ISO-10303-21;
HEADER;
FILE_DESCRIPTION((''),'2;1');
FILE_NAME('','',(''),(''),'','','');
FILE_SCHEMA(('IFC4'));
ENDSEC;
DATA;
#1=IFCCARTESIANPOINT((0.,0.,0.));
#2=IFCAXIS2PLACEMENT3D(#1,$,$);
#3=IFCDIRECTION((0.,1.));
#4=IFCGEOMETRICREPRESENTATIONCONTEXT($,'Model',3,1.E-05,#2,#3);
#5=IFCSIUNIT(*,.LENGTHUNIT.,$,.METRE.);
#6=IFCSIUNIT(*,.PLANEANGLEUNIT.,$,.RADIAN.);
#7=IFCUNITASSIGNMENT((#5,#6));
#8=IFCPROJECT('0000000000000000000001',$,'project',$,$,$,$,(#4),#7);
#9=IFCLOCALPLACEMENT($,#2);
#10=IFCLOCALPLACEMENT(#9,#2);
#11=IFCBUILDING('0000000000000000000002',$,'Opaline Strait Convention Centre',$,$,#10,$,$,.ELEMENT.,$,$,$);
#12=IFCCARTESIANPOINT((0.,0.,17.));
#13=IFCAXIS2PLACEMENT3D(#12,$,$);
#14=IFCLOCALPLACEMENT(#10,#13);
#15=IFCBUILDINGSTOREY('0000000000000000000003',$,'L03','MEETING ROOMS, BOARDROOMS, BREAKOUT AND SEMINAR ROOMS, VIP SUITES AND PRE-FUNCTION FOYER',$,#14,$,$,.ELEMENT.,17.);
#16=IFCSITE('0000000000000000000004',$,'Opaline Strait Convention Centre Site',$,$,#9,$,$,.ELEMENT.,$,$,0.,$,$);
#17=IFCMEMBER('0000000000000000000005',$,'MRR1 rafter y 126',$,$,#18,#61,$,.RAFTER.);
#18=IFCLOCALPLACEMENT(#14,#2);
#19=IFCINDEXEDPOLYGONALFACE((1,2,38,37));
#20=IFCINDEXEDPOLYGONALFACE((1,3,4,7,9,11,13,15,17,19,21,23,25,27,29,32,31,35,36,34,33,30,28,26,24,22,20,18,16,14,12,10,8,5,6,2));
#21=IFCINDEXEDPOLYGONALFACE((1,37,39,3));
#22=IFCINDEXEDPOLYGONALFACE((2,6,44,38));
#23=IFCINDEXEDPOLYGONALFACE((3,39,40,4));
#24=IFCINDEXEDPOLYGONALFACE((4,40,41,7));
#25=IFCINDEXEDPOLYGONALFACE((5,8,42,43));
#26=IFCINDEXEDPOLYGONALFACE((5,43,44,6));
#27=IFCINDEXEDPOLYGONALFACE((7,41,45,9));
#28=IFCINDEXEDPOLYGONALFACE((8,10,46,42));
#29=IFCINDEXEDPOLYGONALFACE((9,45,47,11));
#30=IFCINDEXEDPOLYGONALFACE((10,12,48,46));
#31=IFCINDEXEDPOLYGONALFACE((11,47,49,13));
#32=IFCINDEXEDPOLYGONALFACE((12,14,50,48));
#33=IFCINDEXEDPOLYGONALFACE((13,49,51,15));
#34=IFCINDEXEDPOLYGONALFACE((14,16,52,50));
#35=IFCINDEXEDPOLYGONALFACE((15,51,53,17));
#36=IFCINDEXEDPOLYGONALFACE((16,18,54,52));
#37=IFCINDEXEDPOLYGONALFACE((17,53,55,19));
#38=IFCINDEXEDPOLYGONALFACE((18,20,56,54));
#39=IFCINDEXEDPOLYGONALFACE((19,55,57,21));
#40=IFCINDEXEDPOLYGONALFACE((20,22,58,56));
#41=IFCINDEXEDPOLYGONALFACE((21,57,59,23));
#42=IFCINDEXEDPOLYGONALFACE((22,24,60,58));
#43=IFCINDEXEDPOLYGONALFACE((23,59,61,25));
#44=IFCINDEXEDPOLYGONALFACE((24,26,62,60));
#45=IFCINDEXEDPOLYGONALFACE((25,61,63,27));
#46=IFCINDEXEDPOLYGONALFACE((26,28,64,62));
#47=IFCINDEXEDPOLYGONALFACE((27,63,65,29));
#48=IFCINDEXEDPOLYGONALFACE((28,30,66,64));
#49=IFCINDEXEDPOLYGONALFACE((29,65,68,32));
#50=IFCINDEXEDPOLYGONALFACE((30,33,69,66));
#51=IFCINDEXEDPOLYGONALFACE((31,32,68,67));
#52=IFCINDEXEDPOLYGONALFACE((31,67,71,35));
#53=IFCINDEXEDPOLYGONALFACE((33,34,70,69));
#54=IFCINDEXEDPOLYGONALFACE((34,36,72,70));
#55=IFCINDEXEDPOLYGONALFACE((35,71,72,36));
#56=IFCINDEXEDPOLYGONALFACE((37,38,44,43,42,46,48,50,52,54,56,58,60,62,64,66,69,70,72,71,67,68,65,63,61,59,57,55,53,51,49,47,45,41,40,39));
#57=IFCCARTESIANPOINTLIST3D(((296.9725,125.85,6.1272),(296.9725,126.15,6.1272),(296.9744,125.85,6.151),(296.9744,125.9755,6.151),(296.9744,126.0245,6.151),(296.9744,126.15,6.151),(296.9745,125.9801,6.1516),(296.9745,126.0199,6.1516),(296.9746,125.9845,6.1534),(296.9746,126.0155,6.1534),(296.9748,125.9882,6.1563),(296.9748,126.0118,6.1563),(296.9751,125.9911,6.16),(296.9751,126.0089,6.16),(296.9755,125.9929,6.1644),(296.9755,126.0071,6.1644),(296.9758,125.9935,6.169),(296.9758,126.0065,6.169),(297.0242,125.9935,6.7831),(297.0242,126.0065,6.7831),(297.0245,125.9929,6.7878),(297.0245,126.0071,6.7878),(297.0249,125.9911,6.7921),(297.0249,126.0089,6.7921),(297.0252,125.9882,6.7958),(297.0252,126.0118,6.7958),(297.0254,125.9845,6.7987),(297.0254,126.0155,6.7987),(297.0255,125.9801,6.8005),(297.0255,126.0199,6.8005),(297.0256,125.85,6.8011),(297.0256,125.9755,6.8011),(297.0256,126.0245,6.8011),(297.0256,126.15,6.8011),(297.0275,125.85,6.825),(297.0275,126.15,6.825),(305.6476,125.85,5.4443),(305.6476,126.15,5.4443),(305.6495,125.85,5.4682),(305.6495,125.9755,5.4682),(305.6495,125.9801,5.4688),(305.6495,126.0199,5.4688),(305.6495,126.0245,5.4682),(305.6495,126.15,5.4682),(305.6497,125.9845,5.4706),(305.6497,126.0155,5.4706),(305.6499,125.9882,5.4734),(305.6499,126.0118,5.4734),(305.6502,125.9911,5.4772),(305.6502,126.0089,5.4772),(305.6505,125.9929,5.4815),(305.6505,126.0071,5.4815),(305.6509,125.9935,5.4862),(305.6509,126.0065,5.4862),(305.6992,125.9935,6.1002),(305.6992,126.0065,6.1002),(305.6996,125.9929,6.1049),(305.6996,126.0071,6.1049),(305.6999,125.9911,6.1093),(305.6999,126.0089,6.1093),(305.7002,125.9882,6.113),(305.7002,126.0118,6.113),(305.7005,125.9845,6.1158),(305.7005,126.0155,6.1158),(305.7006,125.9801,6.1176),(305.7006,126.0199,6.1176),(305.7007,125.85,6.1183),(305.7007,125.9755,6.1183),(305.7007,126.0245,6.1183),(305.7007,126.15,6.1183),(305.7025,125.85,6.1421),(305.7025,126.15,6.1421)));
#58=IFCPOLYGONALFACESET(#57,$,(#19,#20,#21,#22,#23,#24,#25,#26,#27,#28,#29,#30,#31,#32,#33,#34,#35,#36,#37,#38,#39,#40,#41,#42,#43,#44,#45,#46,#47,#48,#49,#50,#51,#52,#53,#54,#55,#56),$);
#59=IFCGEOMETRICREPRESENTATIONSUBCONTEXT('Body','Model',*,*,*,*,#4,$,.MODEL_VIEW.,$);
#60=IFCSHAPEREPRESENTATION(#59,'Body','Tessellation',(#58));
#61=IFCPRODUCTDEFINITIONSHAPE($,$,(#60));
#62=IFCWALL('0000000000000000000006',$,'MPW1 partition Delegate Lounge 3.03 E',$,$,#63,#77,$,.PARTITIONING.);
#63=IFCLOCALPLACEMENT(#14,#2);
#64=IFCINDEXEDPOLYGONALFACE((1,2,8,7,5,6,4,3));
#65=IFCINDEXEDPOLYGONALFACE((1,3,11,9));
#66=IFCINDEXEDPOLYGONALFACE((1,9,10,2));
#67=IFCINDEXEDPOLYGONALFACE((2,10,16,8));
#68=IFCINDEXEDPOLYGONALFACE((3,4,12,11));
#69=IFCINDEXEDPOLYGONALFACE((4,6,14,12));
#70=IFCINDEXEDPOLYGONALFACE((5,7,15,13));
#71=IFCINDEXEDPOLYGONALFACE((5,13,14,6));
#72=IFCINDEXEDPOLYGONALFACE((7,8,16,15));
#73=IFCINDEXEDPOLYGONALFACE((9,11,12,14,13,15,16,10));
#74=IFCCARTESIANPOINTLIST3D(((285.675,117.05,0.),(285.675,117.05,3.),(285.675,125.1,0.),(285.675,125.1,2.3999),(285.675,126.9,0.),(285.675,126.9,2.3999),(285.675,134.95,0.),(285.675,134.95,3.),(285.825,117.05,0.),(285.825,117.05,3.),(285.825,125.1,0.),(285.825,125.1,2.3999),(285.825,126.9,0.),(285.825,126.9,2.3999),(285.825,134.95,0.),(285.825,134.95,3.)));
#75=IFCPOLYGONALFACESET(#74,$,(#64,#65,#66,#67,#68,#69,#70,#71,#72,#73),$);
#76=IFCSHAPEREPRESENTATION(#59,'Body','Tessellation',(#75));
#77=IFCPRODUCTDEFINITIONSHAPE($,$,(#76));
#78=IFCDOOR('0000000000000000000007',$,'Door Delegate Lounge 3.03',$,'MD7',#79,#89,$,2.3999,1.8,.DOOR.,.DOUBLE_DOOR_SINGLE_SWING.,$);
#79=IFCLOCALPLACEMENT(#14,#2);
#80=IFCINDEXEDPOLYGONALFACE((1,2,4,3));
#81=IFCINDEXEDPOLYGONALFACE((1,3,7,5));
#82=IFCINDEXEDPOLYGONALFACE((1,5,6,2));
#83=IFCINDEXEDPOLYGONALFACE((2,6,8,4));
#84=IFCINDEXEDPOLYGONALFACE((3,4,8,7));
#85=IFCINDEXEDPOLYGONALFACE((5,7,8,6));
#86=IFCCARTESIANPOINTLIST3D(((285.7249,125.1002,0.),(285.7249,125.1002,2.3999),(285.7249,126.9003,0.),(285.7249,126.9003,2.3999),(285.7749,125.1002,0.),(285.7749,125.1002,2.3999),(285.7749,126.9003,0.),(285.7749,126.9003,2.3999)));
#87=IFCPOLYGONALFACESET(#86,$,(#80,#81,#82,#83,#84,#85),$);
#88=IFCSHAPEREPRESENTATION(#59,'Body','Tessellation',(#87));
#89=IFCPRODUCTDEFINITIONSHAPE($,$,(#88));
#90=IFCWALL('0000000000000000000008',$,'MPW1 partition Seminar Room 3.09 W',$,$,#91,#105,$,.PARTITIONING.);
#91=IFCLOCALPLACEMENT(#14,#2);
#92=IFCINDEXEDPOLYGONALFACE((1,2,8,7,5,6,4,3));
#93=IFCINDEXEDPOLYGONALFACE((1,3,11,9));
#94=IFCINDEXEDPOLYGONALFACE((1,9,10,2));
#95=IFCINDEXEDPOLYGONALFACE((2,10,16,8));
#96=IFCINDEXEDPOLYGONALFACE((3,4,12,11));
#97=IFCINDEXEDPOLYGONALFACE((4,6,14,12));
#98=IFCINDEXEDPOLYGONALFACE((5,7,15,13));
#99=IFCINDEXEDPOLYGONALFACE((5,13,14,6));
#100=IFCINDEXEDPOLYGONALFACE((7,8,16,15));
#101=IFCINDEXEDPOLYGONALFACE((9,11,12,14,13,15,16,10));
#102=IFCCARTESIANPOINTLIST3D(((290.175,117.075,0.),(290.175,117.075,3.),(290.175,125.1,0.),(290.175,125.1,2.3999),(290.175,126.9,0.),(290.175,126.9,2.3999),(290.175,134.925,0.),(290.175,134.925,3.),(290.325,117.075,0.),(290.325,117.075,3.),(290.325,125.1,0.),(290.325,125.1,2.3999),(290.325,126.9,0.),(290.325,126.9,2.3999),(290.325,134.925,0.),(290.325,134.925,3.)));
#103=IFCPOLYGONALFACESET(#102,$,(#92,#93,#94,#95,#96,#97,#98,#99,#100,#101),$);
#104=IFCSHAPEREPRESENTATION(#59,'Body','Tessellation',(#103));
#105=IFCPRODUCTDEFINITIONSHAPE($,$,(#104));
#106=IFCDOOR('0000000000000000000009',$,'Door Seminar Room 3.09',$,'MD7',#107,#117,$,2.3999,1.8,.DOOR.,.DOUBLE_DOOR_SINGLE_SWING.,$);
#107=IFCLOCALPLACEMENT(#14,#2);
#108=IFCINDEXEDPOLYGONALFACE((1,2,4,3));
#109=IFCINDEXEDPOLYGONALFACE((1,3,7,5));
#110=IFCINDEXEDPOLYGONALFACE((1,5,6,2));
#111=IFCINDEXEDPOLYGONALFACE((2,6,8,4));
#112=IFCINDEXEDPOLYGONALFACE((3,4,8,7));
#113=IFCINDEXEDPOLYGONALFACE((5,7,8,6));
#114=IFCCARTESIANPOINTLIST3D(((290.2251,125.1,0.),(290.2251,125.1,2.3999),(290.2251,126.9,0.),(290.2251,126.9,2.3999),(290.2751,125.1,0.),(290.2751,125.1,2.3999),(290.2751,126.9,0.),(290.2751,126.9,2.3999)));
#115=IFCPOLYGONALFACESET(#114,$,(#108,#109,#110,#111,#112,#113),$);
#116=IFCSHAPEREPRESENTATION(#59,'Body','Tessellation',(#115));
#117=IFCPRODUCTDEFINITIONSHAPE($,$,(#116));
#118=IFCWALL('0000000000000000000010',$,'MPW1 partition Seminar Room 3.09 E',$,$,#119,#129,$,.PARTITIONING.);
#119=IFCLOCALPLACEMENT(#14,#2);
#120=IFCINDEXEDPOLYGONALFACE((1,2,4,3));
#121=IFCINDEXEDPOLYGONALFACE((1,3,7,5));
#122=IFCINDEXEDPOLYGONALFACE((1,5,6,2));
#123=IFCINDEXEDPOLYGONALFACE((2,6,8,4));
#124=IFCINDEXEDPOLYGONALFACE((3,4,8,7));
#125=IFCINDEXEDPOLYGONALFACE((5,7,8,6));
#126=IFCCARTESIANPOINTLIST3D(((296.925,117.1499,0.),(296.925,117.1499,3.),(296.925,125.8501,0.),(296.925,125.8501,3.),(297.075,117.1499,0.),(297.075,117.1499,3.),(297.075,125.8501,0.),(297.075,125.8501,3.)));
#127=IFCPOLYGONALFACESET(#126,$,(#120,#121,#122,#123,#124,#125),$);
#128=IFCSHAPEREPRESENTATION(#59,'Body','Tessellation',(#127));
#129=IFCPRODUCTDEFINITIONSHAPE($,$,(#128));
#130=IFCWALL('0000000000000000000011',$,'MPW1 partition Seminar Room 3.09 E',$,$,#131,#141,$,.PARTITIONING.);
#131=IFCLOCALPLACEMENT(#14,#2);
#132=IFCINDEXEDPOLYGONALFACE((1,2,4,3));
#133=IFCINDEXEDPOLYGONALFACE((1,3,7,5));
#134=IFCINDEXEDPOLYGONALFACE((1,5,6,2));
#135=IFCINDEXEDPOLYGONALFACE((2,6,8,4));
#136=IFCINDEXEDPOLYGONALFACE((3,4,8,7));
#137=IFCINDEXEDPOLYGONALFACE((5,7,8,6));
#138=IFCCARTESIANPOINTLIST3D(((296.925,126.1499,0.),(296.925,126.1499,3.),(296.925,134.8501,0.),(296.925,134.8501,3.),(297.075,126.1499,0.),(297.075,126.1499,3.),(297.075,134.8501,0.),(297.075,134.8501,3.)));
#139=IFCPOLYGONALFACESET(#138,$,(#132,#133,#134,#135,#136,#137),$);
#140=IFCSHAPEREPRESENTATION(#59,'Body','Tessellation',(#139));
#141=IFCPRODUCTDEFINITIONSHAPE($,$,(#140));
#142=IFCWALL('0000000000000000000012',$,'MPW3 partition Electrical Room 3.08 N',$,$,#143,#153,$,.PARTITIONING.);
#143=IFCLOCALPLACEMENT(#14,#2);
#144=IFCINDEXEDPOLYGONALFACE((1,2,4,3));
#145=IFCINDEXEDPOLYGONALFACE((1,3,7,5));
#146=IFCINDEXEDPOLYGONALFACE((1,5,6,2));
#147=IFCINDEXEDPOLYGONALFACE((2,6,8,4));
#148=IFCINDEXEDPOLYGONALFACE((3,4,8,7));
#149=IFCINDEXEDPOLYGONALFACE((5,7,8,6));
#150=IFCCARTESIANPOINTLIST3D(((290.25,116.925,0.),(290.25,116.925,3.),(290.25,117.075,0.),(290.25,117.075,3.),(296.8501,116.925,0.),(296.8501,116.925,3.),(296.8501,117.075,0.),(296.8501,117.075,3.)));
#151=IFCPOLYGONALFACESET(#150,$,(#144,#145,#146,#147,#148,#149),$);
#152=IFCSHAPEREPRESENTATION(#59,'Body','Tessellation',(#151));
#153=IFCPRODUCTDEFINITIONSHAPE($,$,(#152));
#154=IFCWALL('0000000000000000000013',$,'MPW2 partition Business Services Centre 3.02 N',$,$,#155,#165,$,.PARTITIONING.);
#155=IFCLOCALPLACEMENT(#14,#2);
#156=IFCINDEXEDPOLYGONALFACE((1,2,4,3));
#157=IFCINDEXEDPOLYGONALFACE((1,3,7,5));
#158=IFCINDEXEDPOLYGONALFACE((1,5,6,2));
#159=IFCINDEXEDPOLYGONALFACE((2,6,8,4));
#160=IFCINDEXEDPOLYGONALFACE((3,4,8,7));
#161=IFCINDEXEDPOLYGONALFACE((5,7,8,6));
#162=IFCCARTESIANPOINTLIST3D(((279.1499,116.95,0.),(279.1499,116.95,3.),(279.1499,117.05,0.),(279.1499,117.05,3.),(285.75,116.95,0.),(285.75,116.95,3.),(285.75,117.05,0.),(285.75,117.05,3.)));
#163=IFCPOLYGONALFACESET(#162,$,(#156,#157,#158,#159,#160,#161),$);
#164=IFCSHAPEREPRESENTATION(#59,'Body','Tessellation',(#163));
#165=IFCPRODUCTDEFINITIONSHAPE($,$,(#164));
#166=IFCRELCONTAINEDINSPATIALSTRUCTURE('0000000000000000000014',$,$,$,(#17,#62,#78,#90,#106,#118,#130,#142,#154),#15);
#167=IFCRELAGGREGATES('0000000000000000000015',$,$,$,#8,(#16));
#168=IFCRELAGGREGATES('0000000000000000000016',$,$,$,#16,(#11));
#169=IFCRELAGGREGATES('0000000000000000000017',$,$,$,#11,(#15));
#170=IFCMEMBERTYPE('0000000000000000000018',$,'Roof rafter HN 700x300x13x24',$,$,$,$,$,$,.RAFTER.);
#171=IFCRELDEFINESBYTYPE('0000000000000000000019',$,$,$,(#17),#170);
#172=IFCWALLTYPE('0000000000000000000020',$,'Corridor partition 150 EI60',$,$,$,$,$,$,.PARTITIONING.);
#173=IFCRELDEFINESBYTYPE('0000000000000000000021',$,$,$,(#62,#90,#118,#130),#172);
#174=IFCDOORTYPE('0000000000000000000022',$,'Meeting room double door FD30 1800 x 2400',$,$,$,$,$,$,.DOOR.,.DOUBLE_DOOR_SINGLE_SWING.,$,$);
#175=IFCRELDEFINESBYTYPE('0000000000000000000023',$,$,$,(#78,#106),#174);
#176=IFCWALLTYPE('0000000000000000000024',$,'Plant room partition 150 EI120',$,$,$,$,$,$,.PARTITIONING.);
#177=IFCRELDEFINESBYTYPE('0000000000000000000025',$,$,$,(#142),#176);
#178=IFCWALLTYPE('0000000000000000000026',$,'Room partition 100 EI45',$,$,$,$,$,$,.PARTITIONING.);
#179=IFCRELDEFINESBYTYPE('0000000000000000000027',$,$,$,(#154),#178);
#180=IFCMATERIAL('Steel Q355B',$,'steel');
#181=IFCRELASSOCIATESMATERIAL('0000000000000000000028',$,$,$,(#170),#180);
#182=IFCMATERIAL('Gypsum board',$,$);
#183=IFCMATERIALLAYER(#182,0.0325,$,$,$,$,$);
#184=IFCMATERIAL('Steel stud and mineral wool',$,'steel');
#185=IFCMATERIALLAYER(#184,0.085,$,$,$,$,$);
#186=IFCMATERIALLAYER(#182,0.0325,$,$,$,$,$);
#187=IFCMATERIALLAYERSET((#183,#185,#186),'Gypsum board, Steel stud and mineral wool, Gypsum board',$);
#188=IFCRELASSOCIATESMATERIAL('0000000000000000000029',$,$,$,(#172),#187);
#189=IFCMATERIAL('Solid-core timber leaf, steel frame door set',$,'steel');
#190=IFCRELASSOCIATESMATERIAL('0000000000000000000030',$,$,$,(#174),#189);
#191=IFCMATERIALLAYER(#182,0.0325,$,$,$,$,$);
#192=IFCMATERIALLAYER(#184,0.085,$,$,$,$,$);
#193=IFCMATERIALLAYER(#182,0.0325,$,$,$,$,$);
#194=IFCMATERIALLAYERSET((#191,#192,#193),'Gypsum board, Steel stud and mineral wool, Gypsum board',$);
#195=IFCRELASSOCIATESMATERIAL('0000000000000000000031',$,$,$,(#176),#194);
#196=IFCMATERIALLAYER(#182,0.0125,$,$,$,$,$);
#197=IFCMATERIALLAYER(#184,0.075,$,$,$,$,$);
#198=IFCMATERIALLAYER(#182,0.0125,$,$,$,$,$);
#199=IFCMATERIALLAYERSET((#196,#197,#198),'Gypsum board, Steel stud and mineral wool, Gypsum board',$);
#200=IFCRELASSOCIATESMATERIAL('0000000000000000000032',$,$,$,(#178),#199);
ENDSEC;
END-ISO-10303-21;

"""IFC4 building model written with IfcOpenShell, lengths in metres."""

from ifc_helpers import new_model, si_unit, direction, frame, frame_2d, origin, origin_2d, place, context, subcontext, project, spatial, rectangle, i_section, extrude, material, layer, layer_set, material_profile, profile_set, type_object, element, fill, save


model = new_model("IFC4")

# Units and contexts
model_context = context("Model", 3, precision=1e-05, world=origin(), true_north=direction((0.0, 1.0)))
body_context = subcontext(model_context, "Body", "Model", "MODEL_VIEW")
ifc_project = project(units=[si_unit("LENGTHUNIT", "METRE"), si_unit("PLANEANGLEUNIT", "RADIAN")], contexts=[model_context])

# Site, building, storey
site_placement = place(None, origin())
site = spatial("IfcSite", under=ifc_project, at=site_placement, Name="Opaline Strait Convention Centre Site", CompositionType="ELEMENT", RefElevation=0.0)
building_placement = place(site_placement, origin())
building = spatial("IfcBuilding", under=site, at=building_placement, Name="Opaline Strait Convention Centre", CompositionType="ELEMENT")
storey_placement = place(building_placement, frame((0.0, 0.0, 17.0)))
storey = spatial("IfcBuildingStorey", under=building, at=storey_placement, Name="L03", Description="MEETING ROOMS, BOARDROOMS, BREAKOUT AND SEMINAR ROOMS, VIP SUITES AND PRE-FUNCTION FOYER", CompositionType="ELEMENT", Elevation=17.0)

# Shared definitions
ifc_material_1 = material(Name="Steel Q355B", Category="steel")

# Member
ifc_material_profile_1 = material_profile(ifc_material_1, i_section(OverallWidth=0.3, OverallDepth=0.7, WebThickness=0.0129, FlangeThickness=0.0239, FilletRadius=0.0181, at=origin_2d()), Name="HN 700x300x13x24")
ifc_profile_set_1 = profile_set([ifc_material_profile_1], Name="Steel Q355B")
member_type_1 = type_object("IfcMemberType", Name="Roof rafter HN 700x300x13x24", PredefinedType="RAFTER", material=ifc_profile_set_1)
member_1_placement = place(storey_placement, frame((297.0, 126.0, 6.4761), z_axis=(0.996916, 0.0, -0.078473), x_axis=(0.0, 1.0, 0.0)))
element("IfcMember", 1, at=member_1_placement, inside=storey, type_object=member_type_1, Name="MRR1 rafter y 126", PredefinedType="RAFTER", context=body_context, shape_type="SweptSolid", body=[
    extrude(i_section(OverallWidth=0.3, OverallDepth=0.7, WebThickness=0.0129, FlangeThickness=0.0239, FilletRadius=0.0181, at=origin_2d()), origin(), (0.0, 0.0, 1.0), 8.7019),
])

# Walls, openings, doors
ifc_material_2 = material(Name="Gypsum board")
ifc_layer_1 = layer(ifc_material_2, 0.0325)
ifc_material_3 = material(Name="Steel stud and mineral wool", Category="steel")
ifc_layer_2 = layer(ifc_material_3, 0.085)
ifc_layer_3 = layer(ifc_material_2, 0.0325)
ifc_layer_set_1 = layer_set([ifc_layer_1, ifc_layer_2, ifc_layer_3], Name="Gypsum board, Steel stud and mineral wool, Gypsum board")
wall_type_1 = type_object("IfcWallType", Name="Corridor partition 150 EI60", PredefinedType="PARTITIONING", material=ifc_layer_set_1)
wall_1_placement = place(storey_placement, frame((285.75, 117.05, 0.0), z_axis=(0.0, 0.0, 1.0), x_axis=(0.0, 1.0, 0.0)))
wall_1 = element("IfcWall", 2, at=wall_1_placement, inside=storey, type_object=wall_type_1, Name="MPW1 partition Delegate Lounge 3.03 E", PredefinedType="PARTITIONING", context=body_context, shape_type="SweptSolid", body=[
    extrude(rectangle(XDim=17.8999, YDim=0.1499, at=frame_2d((8.95, 0.0))), origin(), (0.0, 0.0, 1.0), 3.0),
])
opening_1_placement = place(wall_1_placement, frame((8.05, 0.0, 0.0)))
opening_1 = element("IfcOpeningElement", 3, at=opening_1_placement, cuts=wall_1, PredefinedType="OPENING", context=body_context, shape_type="SweptSolid", body=[
    extrude(rectangle(XDim=1.8, YDim=2.3999, at=frame_2d((0.8999, 1.2))), frame((0.0, 0.085, 0.0), z_axis=(0.0, -1.0, 0.0), x_axis=(1.0, 0.0, 0.0)), (0.0, 0.0, 1.0), 0.1699),
])
ifc_material_4 = material(Name="Solid-core timber leaf, steel frame door set", Category="steel")
door_type = type_object("IfcDoorType", Name="Meeting room double door FD30 1800 x 2400", OperationType="DOUBLE_DOOR_SINGLE_SWING", PredefinedType="DOOR", material=ifc_material_4)
door_1_placement = place(opening_1_placement, frame((1.8, 0.0, 0.0), z_axis=(0.0, 0.0, 1.0), x_axis=(-1.0, 0.0, 0.0)))
door_1 = element("IfcDoor", 4, at=door_1_placement, inside=storey, type_object=door_type, Name="Door Delegate Lounge 3.03", ObjectType="MD7", OperationType="DOUBLE_DOOR_SINGLE_SWING", OverallHeight=2.3999, OverallWidth=1.8, PredefinedType="DOOR", context=body_context, shape_type="SweptSolid", body=[
    extrude(rectangle(XDim=1.8, YDim=2.3999, at=frame_2d((0.8999, 1.2))), frame((0.0, 0.0249, 0.0), z_axis=(0.0, -1.0, 0.0), x_axis=(1.0, 0.0, 0.0)), (0.0, 0.0, 1.0), 0.05),
])
fill(opening_1, door_1)
wall_2_placement = place(storey_placement, frame((290.25, 117.075, 0.0), z_axis=(0.0, 0.0, 1.0), x_axis=(0.0, 1.0, 0.0)))
wall_2 = element("IfcWall", 5, at=wall_2_placement, inside=storey, type_object=wall_type_1, Name="MPW1 partition Seminar Room 3.09 W", PredefinedType="PARTITIONING", context=body_context, shape_type="SweptSolid", body=[
    extrude(rectangle(XDim=17.8501, YDim=0.1499, at=frame_2d((8.925, 0.0))), origin(), (0.0, 0.0, 1.0), 3.0),
])
opening_2_placement = place(wall_2_placement, frame((8.0251, 0.0, 0.0)))
opening_2 = element("IfcOpeningElement", 6, at=opening_2_placement, cuts=wall_2, PredefinedType="OPENING", context=body_context, shape_type="SweptSolid", body=[
    extrude(rectangle(XDim=1.8, YDim=2.3999, at=frame_2d((0.8999, 1.2))), frame((0.0, 0.085, 0.0), z_axis=(0.0, -1.0, 0.0), x_axis=(1.0, 0.0, 0.0)), (0.0, 0.0, 1.0), 0.1699),
])
door_2_placement = place(opening_2_placement, origin())
door_2 = element("IfcDoor", 7, at=door_2_placement, inside=storey, type_object=door_type, Name="Door Seminar Room 3.09", ObjectType="MD7", OperationType="DOUBLE_DOOR_SINGLE_SWING", OverallHeight=2.3999, OverallWidth=1.8, PredefinedType="DOOR", context=body_context, shape_type="SweptSolid", body=[
    extrude(rectangle(XDim=1.8, YDim=2.3999, at=frame_2d((0.8999, 1.2))), frame((0.0, 0.0249, 0.0), z_axis=(0.0, -1.0, 0.0), x_axis=(1.0, 0.0, 0.0)), (0.0, 0.0, 1.0), 0.05),
])
fill(opening_2, door_2)

# Walls
for number, where, z_axis, x_axis, name in (
    (8, (297.0, 117.1499, 0.0), (0.0, 0.0, 1.0), (0.0, 1.0, 0.0), "MPW1 partition Seminar Room 3.09 E"),
    (9, (297.0, 126.1499, 0.0), (0.0, 0.0, 1.0), (0.0, 1.0, 0.0), "MPW1 partition Seminar Room 3.09 E"),
):
    element("IfcWall", number, at=place(storey_placement, frame(where, z_axis=z_axis, x_axis=x_axis)), inside=storey, type_object=wall_type_1, Name=name, PredefinedType="PARTITIONING", context=body_context, shape_type="SweptSolid", body=[
        extrude(rectangle(XDim=8.7002, YDim=0.1499, at=frame_2d((4.3501, 0.0))), origin(), (0.0, 0.0, 1.0), 3.0),
    ])
ifc_layer_4 = layer(ifc_material_2, 0.0325)
ifc_layer_5 = layer(ifc_material_3, 0.085)
ifc_layer_6 = layer(ifc_material_2, 0.0325)
ifc_layer_set_2 = layer_set([ifc_layer_4, ifc_layer_5, ifc_layer_6], Name="Gypsum board, Steel stud and mineral wool, Gypsum board")
wall_type_2 = type_object("IfcWallType", Name="Plant room partition 150 EI120", PredefinedType="PARTITIONING", material=ifc_layer_set_2)
wall_3_placement = place(storey_placement, frame((290.25, 117.0, 0.0), z_axis=(0.0, 0.0, 1.0), x_axis=(1.0, 0.0, 0.0)))
element("IfcWall", 10, at=wall_3_placement, inside=storey, type_object=wall_type_2, Name="MPW3 partition Electrical Room 3.08 N", PredefinedType="PARTITIONING", context=body_context, shape_type="SweptSolid", body=[
    extrude(rectangle(XDim=6.6001, YDim=0.1499, at=frame_2d((3.3, 0.0))), origin(), (0.0, 0.0, 1.0), 3.0),
])
ifc_layer_7 = layer(ifc_material_2, 0.0125)
ifc_layer_8 = layer(ifc_material_3, 0.075)
ifc_layer_9 = layer(ifc_material_2, 0.0125)
ifc_layer_set_3 = layer_set([ifc_layer_7, ifc_layer_8, ifc_layer_9], Name="Gypsum board, Steel stud and mineral wool, Gypsum board")
wall_type_3 = type_object("IfcWallType", Name="Room partition 100 EI45", PredefinedType="PARTITIONING", material=ifc_layer_set_3)
wall_4_placement = place(storey_placement, frame((279.1499, 117.0, 0.0), z_axis=(0.0, 0.0, 1.0), x_axis=(1.0, 0.0, 0.0)))
element("IfcWall", 11, at=wall_4_placement, inside=storey, type_object=wall_type_3, Name="MPW2 partition Business Services Centre 3.02 N", PredefinedType="PARTITIONING", context=body_context, shape_type="SweptSolid", body=[
    extrude(rectangle(XDim=6.6001, YDim=0.1001, at=frame_2d((3.3, 0.0))), origin(), (0.0, 0.0, 1.0), 3.0),
])

save(model, "model.ifc")
